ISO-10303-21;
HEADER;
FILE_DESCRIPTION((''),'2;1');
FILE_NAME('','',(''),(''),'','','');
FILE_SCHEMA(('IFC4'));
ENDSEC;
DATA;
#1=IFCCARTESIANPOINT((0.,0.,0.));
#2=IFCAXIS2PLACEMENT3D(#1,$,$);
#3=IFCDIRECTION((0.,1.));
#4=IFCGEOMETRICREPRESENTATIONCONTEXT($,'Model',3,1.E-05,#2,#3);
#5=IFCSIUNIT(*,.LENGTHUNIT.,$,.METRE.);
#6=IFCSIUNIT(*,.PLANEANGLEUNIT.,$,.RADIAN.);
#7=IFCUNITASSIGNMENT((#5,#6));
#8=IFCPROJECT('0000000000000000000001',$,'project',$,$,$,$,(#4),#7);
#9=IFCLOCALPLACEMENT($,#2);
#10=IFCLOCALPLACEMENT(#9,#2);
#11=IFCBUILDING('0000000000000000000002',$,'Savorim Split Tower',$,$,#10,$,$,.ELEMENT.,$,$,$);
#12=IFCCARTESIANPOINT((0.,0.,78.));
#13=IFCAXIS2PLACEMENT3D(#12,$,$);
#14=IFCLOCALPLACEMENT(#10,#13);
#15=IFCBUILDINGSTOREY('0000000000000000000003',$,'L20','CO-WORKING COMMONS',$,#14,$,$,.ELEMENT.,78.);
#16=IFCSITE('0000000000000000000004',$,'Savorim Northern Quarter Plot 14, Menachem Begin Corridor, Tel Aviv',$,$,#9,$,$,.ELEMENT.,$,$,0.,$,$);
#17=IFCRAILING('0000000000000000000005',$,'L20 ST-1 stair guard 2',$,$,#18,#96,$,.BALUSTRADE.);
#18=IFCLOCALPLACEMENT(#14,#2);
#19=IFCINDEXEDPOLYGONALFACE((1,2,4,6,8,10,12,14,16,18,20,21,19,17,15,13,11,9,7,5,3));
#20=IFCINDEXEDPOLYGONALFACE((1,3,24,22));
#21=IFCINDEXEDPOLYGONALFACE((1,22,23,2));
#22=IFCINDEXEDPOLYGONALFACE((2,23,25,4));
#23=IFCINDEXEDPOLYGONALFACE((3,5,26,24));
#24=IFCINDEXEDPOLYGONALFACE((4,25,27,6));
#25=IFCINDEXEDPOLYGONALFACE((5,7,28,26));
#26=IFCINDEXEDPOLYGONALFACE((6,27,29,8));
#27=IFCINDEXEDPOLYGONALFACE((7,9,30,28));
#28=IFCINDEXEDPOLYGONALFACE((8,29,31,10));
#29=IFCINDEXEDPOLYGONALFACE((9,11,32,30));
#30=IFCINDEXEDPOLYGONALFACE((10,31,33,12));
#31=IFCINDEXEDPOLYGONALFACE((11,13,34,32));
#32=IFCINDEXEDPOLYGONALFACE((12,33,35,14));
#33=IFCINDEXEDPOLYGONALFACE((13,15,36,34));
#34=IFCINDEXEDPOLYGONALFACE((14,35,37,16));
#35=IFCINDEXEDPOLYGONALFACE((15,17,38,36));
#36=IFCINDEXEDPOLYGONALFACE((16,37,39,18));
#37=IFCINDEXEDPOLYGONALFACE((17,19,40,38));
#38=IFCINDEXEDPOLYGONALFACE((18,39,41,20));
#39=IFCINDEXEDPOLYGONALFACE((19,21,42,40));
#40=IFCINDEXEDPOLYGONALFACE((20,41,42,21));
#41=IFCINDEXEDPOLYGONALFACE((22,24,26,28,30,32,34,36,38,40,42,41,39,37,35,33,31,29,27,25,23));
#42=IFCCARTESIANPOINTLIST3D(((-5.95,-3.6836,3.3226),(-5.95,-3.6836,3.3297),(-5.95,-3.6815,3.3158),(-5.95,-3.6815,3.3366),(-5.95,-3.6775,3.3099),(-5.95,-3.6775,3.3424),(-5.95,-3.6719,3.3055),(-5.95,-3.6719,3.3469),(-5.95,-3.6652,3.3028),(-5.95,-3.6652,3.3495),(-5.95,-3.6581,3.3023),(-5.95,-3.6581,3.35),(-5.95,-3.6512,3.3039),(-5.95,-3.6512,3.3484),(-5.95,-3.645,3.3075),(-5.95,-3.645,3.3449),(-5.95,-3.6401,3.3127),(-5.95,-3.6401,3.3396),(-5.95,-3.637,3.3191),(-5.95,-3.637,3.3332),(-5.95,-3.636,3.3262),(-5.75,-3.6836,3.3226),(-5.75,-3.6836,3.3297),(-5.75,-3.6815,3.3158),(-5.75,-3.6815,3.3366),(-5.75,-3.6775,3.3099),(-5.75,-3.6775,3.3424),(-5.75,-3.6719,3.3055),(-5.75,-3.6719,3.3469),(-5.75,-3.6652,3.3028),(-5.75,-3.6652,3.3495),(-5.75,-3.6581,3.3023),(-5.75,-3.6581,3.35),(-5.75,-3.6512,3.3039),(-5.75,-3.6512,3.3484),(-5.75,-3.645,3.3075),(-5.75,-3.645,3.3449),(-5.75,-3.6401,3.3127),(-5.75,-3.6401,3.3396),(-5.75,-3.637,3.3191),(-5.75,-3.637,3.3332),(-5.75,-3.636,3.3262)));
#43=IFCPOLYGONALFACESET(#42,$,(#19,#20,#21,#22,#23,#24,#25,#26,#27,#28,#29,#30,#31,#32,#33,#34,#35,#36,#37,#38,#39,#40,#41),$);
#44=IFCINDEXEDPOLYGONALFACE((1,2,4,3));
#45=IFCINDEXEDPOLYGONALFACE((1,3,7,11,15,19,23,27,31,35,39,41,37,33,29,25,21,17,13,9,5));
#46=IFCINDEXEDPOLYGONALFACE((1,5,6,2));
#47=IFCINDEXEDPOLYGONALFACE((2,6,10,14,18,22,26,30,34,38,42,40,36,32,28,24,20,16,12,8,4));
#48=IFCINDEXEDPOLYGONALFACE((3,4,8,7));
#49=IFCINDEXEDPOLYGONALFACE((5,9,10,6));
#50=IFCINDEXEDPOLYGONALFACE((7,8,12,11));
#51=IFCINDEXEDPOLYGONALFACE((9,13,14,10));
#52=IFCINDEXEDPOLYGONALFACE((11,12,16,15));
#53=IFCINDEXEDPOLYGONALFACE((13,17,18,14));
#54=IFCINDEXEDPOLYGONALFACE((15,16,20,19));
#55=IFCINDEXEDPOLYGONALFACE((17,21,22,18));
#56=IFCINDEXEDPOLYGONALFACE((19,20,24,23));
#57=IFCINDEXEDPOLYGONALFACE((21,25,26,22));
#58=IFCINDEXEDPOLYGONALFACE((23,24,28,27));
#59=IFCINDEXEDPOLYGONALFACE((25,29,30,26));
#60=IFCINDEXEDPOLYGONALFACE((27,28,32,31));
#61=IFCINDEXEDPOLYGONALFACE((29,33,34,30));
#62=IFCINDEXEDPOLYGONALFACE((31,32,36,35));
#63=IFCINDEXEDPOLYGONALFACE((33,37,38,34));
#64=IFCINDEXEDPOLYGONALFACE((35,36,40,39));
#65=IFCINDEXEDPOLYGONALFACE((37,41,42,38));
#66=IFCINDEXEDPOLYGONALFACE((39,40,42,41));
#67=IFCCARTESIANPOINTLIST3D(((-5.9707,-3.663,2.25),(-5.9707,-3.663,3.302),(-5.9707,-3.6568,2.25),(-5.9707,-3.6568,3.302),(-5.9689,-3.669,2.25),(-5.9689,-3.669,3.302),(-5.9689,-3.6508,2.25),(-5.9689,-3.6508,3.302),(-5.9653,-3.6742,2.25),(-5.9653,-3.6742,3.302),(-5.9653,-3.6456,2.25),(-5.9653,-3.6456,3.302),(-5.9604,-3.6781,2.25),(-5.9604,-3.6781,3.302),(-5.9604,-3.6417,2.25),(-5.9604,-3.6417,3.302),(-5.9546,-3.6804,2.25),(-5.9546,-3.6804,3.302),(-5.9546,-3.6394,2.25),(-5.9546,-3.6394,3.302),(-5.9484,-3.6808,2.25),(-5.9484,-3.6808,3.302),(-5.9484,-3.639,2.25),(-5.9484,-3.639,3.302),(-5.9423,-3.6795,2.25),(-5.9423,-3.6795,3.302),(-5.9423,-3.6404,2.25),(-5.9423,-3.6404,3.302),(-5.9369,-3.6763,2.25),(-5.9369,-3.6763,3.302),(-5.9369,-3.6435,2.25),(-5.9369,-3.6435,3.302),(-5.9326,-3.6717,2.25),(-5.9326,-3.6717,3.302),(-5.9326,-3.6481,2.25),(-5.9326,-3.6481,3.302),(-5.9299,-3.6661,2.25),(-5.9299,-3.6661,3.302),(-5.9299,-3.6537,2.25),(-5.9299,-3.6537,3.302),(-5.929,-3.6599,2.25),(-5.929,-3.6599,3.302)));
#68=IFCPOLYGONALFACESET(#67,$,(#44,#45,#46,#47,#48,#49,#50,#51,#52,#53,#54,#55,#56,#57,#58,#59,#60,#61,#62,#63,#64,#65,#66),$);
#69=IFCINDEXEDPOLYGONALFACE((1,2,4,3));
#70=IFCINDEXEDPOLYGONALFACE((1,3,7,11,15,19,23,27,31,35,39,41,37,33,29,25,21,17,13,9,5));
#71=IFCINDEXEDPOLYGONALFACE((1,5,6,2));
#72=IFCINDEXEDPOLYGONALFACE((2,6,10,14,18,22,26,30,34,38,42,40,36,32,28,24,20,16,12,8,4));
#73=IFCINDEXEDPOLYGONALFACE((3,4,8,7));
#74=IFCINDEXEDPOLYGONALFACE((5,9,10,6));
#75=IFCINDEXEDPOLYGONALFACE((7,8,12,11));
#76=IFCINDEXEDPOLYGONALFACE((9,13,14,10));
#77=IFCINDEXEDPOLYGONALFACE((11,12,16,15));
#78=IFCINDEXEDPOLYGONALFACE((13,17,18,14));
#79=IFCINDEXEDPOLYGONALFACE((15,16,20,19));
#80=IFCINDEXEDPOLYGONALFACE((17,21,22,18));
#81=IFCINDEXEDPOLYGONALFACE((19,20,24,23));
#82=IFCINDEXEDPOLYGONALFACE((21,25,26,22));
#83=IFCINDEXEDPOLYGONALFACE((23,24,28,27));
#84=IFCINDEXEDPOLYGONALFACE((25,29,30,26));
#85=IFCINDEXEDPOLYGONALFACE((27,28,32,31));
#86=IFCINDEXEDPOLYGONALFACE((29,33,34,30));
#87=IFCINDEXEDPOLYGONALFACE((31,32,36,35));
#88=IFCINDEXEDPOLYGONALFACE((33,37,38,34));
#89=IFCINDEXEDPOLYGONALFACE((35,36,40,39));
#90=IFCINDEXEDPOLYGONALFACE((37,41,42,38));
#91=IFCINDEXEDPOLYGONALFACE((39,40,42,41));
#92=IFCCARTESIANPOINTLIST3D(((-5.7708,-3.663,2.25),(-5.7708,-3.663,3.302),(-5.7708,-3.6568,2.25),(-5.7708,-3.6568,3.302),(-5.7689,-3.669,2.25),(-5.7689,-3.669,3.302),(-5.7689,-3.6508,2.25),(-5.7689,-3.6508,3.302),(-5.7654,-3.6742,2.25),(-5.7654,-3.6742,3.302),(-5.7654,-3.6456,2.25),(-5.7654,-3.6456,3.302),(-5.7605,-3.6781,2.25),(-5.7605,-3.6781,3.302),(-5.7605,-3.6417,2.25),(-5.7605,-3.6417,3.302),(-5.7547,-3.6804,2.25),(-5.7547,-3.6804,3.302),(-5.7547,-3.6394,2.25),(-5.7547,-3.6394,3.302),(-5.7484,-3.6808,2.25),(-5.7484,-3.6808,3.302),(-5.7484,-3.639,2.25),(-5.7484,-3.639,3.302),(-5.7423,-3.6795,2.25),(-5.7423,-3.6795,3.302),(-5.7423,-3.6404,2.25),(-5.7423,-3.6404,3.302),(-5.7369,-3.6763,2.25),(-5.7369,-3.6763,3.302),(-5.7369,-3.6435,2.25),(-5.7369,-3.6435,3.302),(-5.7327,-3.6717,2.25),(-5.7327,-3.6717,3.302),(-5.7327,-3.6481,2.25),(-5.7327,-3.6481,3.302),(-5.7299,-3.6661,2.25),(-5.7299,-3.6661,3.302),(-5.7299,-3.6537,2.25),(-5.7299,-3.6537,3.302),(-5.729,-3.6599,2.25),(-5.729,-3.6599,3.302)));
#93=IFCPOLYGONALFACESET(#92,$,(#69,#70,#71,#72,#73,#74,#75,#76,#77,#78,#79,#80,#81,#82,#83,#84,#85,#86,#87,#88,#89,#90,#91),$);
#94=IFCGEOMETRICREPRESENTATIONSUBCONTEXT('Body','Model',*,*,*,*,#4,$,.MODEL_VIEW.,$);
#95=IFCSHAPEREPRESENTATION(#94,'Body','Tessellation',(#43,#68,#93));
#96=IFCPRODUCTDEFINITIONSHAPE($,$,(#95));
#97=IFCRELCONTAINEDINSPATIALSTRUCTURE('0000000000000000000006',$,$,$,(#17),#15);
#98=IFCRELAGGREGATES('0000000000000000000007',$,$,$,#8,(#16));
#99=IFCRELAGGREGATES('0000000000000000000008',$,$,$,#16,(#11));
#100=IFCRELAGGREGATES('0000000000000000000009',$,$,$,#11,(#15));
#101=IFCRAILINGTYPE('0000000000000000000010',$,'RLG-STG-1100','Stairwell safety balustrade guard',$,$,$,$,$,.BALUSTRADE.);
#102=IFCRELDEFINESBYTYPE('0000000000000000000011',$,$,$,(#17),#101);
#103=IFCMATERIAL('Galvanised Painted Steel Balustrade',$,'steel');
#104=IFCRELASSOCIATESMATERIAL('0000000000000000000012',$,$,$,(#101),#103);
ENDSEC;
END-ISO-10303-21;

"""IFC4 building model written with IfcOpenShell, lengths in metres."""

from ifc_helpers import new_model, si_unit, direction, frame, origin, origin_2d, place, context, subcontext, project, spatial, circle, extrude, material, type_object, element, save


model = new_model("IFC4")

# Units and contexts
model_context = context("Model", 3, precision=1e-05, world=origin(), true_north=direction((0.0, 1.0)))
body_context = subcontext(model_context, "Body", "Model", "MODEL_VIEW")
ifc_project = project(units=[si_unit("LENGTHUNIT", "METRE"), si_unit("PLANEANGLEUNIT", "RADIAN")], contexts=[model_context])

# Site, building, storey
site_placement = place(None, origin())
site = spatial("IfcSite", under=ifc_project, at=site_placement, Name="Savorim Northern Quarter Plot 14, Menachem Begin Corridor, Tel Aviv", CompositionType="ELEMENT", RefElevation=0.0)
building_placement = place(site_placement, origin())
building = spatial("IfcBuilding", under=site, at=building_placement, Name="Savorim Split Tower", CompositionType="ELEMENT")
storey_placement = place(building_placement, frame((0.0, 0.0, 78.0)))
storey = spatial("IfcBuildingStorey", under=building, at=storey_placement, Name="L20", Description="CO-WORKING COMMONS", CompositionType="ELEMENT", Elevation=78.0)

# Railing
ifc_material_1 = material(Name="Galvanised Painted Steel Balustrade", Category="steel")
railing_type_1 = type_object("IfcRailingType", Name="RLG-STG-1100", Description="Stairwell safety balustrade guard", PredefinedType="BALUSTRADE", material=ifc_material_1)
railing_1_placement = place(storey_placement, frame((-5.95, -3.6599, 2.25)))
element("IfcRailing", 1, at=railing_1_placement, inside=storey, type_object=railing_type_1, Name="L20 ST-1 stair guard 2", PredefinedType="BALUSTRADE", context=body_context, shape_type="SweptSolid", body=[
    extrude(circle(Radius=0.0239, at=origin_2d()), frame((0.0, 0.0, 1.0762), z_axis=(1.0, 0.0, 0.0), x_axis=(0.0, 1.0, 0.0)), (0.0, 0.0, 1.0), 0.2),
    extrude(circle(Radius=0.021, at=origin_2d()), origin(), (0.0, 0.0, 1.0), 1.052),
    extrude(circle(Radius=0.021, at=origin_2d()), frame((0.2, 0.0, 0.0)), (0.0, 0.0, 1.0), 1.052),
])

save(model, "model.ifc")
